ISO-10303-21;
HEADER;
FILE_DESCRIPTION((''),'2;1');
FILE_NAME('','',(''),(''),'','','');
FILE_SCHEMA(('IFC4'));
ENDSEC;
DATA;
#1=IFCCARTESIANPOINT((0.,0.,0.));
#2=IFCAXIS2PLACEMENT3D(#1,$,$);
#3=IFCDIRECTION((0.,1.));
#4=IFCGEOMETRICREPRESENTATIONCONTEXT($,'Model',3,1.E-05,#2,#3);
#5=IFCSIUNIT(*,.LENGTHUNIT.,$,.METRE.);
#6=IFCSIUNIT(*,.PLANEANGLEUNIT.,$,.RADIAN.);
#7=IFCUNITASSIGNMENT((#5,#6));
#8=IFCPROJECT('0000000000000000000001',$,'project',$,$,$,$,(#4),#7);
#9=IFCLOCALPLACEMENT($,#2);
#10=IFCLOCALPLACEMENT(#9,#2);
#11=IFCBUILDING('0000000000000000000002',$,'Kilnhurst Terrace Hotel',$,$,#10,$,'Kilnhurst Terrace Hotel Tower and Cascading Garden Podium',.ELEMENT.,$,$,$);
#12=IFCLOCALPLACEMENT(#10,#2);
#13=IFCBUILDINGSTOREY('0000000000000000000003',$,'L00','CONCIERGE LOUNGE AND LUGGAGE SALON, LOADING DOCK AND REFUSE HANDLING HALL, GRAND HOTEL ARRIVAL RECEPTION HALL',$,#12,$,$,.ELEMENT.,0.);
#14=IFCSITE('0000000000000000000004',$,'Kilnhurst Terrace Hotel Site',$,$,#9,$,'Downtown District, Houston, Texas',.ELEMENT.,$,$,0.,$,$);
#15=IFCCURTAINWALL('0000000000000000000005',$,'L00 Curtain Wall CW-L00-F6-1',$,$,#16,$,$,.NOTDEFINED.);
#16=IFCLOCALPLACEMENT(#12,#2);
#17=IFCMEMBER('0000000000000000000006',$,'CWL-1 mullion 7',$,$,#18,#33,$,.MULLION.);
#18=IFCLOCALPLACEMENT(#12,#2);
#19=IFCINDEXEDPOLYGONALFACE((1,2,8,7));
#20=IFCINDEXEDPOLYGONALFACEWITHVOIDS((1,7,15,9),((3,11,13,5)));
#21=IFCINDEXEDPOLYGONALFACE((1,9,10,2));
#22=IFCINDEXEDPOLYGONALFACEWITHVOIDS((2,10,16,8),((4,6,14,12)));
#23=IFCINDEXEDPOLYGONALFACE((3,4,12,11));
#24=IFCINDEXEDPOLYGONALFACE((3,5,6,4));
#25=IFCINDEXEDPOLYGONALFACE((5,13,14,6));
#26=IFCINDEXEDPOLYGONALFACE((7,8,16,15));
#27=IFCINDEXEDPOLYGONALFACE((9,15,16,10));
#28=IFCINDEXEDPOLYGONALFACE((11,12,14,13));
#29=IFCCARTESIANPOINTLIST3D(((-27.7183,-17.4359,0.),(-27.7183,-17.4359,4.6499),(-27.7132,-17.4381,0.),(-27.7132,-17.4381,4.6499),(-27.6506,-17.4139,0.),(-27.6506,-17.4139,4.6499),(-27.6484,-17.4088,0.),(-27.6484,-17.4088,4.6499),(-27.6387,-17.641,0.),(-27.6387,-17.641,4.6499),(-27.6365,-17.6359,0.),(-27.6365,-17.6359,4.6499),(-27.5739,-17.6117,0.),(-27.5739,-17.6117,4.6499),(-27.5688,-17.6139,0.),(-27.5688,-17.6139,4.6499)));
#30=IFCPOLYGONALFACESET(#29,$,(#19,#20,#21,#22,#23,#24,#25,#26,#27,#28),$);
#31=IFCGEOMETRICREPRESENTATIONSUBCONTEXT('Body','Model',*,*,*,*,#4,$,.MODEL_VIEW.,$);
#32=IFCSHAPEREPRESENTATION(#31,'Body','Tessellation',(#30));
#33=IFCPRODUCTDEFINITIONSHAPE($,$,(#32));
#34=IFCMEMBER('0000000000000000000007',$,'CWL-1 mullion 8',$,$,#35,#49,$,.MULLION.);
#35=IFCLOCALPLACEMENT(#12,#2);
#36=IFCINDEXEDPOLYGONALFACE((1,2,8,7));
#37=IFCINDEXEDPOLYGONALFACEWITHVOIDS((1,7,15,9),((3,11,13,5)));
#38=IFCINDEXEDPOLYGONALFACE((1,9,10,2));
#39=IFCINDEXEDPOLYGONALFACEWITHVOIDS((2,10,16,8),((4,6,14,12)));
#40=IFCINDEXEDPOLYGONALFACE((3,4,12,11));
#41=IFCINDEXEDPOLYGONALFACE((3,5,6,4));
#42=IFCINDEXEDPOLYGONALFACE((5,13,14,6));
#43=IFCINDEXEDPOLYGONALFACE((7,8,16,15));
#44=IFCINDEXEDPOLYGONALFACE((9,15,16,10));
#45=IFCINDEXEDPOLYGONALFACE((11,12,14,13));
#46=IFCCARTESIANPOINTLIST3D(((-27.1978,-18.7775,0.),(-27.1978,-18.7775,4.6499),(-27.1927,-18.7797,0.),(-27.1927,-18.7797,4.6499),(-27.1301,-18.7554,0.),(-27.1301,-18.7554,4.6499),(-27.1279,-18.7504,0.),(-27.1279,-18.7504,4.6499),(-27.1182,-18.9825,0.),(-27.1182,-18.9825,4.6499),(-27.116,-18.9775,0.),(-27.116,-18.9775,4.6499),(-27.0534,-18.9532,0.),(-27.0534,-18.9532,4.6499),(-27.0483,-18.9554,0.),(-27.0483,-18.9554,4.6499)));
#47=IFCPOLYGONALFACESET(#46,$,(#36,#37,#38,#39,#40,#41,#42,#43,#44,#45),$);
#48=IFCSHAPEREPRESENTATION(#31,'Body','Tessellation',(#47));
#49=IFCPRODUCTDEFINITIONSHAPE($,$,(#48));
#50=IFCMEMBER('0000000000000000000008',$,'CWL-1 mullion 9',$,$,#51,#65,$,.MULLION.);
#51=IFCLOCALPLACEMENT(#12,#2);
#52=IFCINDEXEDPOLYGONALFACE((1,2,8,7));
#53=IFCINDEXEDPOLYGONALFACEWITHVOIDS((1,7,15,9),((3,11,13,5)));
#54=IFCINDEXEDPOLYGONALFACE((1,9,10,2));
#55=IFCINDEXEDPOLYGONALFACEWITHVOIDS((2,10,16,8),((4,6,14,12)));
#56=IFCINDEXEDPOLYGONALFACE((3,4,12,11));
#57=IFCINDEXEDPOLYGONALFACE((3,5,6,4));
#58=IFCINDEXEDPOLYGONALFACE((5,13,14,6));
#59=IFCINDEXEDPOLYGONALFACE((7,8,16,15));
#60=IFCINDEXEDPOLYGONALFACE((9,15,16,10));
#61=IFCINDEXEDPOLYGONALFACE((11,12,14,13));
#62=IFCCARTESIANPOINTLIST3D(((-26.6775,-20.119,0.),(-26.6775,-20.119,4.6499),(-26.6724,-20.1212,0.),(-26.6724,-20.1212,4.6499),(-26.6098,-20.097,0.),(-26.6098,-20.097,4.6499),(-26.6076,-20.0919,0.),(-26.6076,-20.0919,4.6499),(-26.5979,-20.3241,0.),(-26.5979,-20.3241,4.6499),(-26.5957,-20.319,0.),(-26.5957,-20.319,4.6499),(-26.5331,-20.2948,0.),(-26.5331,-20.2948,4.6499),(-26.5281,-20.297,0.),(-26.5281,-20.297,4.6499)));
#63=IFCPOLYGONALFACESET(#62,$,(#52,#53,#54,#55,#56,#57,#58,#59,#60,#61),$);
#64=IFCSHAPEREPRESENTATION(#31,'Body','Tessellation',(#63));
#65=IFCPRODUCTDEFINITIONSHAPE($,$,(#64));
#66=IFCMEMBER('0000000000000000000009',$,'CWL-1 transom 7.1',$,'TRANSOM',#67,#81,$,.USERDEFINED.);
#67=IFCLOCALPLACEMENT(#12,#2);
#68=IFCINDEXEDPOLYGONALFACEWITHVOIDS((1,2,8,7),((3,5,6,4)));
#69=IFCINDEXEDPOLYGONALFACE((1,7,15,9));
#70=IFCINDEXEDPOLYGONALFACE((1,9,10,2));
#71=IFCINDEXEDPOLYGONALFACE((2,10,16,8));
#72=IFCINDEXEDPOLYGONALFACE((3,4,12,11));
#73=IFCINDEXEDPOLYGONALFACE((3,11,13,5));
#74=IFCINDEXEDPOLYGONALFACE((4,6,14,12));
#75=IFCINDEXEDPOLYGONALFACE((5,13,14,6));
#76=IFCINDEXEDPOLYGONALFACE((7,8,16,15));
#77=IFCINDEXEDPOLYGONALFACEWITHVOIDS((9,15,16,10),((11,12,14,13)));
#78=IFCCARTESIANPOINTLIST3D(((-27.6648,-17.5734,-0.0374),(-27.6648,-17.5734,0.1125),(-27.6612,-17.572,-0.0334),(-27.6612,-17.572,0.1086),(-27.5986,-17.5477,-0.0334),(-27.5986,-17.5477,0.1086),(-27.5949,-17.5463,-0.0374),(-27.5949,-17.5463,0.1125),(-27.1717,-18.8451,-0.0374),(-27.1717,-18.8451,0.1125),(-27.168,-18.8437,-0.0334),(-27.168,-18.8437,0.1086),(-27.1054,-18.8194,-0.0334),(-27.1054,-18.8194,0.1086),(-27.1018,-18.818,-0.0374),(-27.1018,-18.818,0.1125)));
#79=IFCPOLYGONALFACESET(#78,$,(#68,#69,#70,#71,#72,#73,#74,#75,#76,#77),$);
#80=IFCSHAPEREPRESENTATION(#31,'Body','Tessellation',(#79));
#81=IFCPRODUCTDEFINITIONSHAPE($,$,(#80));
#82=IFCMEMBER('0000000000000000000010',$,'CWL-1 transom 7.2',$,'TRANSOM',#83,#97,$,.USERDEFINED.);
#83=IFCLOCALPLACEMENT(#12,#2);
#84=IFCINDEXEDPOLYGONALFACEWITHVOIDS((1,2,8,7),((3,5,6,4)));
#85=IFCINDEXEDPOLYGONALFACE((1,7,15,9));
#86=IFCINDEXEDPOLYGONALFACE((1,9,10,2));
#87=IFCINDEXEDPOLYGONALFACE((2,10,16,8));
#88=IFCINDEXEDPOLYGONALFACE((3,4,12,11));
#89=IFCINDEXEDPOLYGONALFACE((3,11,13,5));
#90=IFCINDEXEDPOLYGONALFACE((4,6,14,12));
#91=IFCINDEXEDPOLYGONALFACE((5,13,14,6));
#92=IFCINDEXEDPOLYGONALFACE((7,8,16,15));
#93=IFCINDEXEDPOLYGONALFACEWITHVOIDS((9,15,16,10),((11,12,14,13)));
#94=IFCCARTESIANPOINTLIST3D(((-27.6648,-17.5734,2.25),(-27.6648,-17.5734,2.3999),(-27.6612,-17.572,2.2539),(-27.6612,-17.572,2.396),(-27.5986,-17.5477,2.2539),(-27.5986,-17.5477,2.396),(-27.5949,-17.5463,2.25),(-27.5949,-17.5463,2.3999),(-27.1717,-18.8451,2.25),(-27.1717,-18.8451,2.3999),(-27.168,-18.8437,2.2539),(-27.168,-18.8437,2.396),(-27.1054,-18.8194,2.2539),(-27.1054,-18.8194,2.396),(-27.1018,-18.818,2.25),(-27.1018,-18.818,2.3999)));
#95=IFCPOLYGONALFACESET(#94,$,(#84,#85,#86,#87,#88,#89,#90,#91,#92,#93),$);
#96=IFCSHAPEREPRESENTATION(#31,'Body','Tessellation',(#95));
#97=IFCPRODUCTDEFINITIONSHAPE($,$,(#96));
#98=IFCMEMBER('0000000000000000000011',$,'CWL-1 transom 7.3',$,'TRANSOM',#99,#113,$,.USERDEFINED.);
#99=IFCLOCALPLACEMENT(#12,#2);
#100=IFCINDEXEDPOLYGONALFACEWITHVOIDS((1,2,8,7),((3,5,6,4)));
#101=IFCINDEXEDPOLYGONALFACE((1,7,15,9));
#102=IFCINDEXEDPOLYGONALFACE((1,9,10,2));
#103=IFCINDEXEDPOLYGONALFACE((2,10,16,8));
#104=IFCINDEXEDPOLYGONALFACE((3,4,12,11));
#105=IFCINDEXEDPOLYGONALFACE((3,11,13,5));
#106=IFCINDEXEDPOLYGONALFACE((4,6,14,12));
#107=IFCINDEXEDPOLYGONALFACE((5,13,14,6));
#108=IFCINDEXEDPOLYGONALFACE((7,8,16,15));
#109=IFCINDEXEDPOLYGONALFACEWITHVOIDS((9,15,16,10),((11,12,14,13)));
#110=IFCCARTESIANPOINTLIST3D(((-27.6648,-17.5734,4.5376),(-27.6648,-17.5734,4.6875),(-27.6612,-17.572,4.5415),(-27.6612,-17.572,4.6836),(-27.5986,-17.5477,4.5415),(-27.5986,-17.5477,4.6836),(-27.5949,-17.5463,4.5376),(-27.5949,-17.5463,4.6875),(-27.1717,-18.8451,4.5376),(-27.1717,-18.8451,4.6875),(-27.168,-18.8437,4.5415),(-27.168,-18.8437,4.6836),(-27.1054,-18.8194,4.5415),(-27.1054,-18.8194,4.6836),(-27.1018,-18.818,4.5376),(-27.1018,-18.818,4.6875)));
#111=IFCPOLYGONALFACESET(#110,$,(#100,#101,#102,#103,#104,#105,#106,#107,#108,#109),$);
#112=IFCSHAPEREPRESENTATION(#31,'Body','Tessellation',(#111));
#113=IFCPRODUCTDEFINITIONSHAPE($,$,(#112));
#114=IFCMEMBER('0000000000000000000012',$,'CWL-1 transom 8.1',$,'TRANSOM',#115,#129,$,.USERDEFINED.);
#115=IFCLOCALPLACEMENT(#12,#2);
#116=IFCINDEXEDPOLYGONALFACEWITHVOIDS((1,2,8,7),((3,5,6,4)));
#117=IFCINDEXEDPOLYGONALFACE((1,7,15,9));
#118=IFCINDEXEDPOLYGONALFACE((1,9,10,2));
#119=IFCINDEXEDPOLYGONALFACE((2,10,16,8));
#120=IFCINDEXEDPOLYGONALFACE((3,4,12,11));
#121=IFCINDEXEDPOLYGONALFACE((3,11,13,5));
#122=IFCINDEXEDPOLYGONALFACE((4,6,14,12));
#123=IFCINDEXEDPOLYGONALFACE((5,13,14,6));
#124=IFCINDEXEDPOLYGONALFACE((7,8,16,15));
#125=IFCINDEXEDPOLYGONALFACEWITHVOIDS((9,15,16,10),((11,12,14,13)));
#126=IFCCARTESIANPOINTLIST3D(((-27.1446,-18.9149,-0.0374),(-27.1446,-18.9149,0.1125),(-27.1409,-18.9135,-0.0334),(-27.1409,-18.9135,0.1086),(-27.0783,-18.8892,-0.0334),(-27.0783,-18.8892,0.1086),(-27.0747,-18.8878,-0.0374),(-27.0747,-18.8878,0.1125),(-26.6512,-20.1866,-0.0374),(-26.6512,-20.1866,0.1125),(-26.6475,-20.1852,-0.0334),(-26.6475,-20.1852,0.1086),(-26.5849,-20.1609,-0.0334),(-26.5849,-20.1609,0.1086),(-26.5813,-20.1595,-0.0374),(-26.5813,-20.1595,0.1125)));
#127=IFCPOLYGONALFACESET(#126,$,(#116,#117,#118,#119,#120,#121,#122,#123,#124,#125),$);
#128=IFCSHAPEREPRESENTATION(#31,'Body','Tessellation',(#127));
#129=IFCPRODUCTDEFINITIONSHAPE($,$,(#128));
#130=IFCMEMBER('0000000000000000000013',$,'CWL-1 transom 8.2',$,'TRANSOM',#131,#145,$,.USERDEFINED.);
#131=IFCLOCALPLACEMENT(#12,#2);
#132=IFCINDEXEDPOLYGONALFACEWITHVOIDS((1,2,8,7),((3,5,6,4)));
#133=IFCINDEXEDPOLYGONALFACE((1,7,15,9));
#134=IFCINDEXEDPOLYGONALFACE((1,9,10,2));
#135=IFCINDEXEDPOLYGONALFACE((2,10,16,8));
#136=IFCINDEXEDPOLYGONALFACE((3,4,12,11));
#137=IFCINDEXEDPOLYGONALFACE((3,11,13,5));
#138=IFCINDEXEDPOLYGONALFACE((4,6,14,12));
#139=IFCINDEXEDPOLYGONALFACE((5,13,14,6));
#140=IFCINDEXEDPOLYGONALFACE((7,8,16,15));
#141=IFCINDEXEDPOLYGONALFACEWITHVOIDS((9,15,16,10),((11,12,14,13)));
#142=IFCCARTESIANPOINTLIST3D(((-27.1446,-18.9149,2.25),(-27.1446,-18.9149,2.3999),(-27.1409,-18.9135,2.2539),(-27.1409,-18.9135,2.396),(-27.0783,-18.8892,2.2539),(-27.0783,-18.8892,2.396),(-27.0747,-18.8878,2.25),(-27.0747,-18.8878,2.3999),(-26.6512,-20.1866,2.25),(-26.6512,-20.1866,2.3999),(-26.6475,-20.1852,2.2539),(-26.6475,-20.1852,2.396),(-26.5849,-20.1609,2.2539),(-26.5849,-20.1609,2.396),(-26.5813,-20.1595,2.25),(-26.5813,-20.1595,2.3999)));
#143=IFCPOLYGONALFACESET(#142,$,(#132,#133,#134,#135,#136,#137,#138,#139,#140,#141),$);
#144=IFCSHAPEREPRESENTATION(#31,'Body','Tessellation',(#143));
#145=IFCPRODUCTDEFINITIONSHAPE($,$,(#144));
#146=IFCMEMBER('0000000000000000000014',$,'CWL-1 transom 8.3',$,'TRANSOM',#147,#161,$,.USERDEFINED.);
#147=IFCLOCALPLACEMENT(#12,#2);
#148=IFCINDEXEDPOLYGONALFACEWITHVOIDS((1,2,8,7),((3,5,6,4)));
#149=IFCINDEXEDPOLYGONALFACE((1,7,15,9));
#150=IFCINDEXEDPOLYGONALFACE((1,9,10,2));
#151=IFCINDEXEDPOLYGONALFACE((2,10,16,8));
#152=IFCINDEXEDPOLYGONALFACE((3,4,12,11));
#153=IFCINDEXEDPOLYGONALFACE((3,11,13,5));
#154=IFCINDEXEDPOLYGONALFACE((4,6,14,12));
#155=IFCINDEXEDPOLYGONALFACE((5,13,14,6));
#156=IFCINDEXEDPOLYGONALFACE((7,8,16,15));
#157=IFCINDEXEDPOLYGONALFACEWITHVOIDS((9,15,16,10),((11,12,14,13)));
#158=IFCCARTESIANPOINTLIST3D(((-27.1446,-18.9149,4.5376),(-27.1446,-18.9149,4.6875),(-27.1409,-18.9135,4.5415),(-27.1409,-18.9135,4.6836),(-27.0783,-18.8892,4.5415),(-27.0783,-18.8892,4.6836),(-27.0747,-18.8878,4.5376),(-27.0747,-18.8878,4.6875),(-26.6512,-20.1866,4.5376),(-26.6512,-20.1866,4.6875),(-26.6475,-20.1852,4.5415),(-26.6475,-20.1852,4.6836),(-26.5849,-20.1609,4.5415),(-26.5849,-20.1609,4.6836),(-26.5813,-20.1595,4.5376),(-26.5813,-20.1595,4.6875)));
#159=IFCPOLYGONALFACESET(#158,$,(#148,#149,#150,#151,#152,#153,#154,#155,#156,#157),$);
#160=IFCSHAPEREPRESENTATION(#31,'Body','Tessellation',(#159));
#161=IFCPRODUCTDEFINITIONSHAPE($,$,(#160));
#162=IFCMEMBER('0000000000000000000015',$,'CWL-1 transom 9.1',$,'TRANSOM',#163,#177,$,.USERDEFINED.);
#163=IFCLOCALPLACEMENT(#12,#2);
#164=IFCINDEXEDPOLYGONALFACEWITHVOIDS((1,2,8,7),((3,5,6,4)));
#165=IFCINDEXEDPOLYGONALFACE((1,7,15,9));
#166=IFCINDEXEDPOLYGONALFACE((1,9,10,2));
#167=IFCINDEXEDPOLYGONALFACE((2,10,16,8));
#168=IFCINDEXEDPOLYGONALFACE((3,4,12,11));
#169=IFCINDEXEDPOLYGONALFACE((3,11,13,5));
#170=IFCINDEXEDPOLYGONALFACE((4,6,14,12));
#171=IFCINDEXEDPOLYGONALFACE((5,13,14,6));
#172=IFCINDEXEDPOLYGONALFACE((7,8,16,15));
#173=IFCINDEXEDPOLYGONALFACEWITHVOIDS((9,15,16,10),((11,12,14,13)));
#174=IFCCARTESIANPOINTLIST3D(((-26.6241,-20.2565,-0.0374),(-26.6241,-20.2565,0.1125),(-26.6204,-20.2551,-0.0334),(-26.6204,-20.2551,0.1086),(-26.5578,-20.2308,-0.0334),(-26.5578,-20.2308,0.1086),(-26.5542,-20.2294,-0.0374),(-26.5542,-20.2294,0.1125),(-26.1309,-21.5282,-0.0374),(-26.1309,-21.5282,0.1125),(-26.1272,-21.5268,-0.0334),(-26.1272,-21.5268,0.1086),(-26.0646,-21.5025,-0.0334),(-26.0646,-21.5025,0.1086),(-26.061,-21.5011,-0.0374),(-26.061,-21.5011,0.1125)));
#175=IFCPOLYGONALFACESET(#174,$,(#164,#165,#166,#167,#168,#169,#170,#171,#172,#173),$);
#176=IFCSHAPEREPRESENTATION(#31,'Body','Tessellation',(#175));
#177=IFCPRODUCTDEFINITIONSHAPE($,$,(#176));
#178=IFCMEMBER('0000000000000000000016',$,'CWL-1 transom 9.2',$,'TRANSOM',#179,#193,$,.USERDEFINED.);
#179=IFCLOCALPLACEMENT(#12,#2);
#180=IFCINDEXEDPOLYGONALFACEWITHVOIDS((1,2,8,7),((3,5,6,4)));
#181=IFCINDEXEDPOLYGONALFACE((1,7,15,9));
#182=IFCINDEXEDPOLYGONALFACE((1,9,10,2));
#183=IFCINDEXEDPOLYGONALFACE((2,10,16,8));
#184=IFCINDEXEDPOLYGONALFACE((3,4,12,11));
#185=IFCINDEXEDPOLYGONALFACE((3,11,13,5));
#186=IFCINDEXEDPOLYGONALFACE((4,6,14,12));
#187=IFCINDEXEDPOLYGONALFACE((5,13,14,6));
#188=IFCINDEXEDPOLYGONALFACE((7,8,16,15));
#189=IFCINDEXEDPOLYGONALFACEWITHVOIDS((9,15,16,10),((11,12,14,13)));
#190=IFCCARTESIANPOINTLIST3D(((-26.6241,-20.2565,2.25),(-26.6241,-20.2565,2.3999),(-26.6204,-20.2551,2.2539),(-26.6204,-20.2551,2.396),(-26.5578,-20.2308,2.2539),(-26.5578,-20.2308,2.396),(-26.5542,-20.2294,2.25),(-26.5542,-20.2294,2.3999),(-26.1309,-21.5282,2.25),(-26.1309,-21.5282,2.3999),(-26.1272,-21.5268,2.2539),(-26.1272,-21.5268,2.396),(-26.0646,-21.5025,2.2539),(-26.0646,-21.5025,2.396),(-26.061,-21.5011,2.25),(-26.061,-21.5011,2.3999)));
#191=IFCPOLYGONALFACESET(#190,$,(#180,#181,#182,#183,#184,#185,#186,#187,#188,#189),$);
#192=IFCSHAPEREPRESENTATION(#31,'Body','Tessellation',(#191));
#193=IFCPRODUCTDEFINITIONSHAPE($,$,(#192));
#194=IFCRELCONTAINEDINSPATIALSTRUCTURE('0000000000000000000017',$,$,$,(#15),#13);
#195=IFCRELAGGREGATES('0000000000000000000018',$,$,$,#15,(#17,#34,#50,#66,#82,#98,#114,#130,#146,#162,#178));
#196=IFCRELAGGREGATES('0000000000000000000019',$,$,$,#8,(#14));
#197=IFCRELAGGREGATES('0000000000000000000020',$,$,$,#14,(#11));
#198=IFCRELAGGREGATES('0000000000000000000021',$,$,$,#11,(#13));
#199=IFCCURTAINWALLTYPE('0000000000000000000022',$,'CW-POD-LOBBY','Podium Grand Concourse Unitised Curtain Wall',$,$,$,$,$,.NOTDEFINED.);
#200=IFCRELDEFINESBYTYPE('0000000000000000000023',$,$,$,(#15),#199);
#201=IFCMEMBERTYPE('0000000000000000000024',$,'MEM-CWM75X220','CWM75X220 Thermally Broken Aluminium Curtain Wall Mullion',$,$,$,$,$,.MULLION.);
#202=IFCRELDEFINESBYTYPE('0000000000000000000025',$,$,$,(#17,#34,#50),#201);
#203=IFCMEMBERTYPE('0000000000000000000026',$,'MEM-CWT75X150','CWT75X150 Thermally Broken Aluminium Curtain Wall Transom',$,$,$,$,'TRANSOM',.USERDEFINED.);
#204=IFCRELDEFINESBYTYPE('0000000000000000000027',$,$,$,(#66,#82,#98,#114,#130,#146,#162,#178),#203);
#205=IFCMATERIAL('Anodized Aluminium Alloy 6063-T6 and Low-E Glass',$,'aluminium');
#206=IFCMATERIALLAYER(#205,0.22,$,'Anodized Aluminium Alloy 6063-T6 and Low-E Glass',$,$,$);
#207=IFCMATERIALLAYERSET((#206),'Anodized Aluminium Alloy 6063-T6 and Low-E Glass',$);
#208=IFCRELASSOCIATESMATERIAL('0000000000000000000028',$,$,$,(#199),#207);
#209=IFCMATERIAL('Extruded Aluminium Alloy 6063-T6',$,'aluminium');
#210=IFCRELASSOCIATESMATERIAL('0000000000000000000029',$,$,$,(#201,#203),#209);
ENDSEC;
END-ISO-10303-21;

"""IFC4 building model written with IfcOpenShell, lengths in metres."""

from ifc_helpers import new_model, si_unit, direction, frame, origin, origin_2d, place, context, subcontext, project, spatial, hollow_rectangle, extrude, material, layer, layer_set, material_profile, profile_set, type_object, element, aggregate, save


model = new_model("IFC4")

# Units and contexts
model_context = context("Model", 3, precision=1e-05, world=origin(), true_north=direction((0.0, 1.0)))
body_context = subcontext(model_context, "Body", "Model", "MODEL_VIEW")
ifc_project = project(units=[si_unit("LENGTHUNIT", "METRE"), si_unit("PLANEANGLEUNIT", "RADIAN")], contexts=[model_context])

# Site, building, storey
site_placement = place(None, origin())
site = spatial("IfcSite", under=ifc_project, at=site_placement, Name="Kilnhurst Terrace Hotel Site", LongName="Downtown District, Houston, Texas", CompositionType="ELEMENT", RefElevation=0.0)
building_placement = place(site_placement, origin())
building = spatial("IfcBuilding", under=site, at=building_placement, Name="Kilnhurst Terrace Hotel", LongName="Kilnhurst Terrace Hotel Tower and Cascading Garden Podium", CompositionType="ELEMENT")
storey_placement = place(building_placement, origin())
storey = spatial("IfcBuildingStorey", under=building, at=storey_placement, Name="L00", Description="CONCIERGE LOUNGE AND LUGGAGE SALON, LOADING DOCK AND REFUSE HANDLING HALL, GRAND HOTEL ARRIVAL RECEPTION HALL", CompositionType="ELEMENT", Elevation=0.0)

# Curtain wall, members
ifc_material_1 = material(Name="Anodized Aluminium Alloy 6063-T6 and Low-E Glass", Category="aluminium")
ifc_layer_1 = layer(ifc_material_1, 0.22, Name="Anodized Aluminium Alloy 6063-T6 and Low-E Glass")
ifc_layer_set_1 = layer_set([ifc_layer_1], Name="Anodized Aluminium Alloy 6063-T6 and Low-E Glass")
curtain_wall_type = type_object("IfcCurtainWallType", Name="CW-POD-LOBBY", Description="Podium Grand Concourse Unitised Curtain Wall", PredefinedType="NOTDEFINED", material=ifc_layer_set_1)
curtain_wall_placement = place(storey_placement, origin())
curtain_wall = element("IfcCurtainWall", 1, at=curtain_wall_placement, inside=storey, type_object=curtain_wall_type, Name="L00 Curtain Wall CW-L00-F6-1", PredefinedType="NOTDEFINED")
ifc_material_2 = material(Name="Extruded Aluminium Alloy 6063-T6", Category="aluminium")
ifc_material_profile_1 = material_profile(ifc_material_2, hollow_rectangle(XDim=0.075, YDim=0.22, WallThickness=0.0039, at=origin_2d()), Name="CWM75X220")
ifc_profile_set_1 = profile_set([ifc_material_profile_1], Name="Extruded Aluminium Alloy 6063-T6")
member_type_1 = type_object("IfcMemberType", Name="MEM-CWM75X220", Description="CWM75X220 Thermally Broken Aluminium Curtain Wall Mullion", PredefinedType="MULLION", material=ifc_profile_set_1)
member_1_placement = place(storey_placement, frame((-27.6436, -17.5249, 0.0), z_axis=(0.0, 0.0, 1.0), x_axis=(0.932318, 0.361639, 0.0)))
member_1 = element("IfcMember", 2, at=member_1_placement, type_object=member_type_1, Name="CWL-1 mullion 7", PredefinedType="MULLION", context=body_context, shape_type="SweptSolid", body=[
    extrude(hollow_rectangle(XDim=0.075, YDim=0.22, WallThickness=0.0039, at=origin_2d()), origin(), (0.0, 0.0, 1.0), 4.6499),
])
member_2_placement = place(storey_placement, frame((-27.123, -18.8665, 0.0), z_axis=(0.0, 0.0, 1.0), x_axis=(0.932318, 0.361639, 0.0)))
member_2 = element("IfcMember", 3, at=member_2_placement, type_object=member_type_1, Name="CWL-1 mullion 8", PredefinedType="MULLION", context=body_context, shape_type="SweptSolid", body=[
    extrude(hollow_rectangle(XDim=0.075, YDim=0.22, WallThickness=0.0039, at=origin_2d()), origin(), (0.0, 0.0, 1.0), 4.6499),
])
member_3_placement = place(storey_placement, frame((-26.6028, -20.208, 0.0), z_axis=(0.0, 0.0, 1.0), x_axis=(0.932318, 0.361639, 0.0)))
member_3 = element("IfcMember", 4, at=member_3_placement, type_object=member_type_1, Name="CWL-1 mullion 9", PredefinedType="MULLION", context=body_context, shape_type="SweptSolid", body=[
    extrude(hollow_rectangle(XDim=0.075, YDim=0.22, WallThickness=0.0039, at=origin_2d()), origin(), (0.0, 0.0, 1.0), 4.6499),
])
ifc_material_profile_2 = material_profile(ifc_material_2, hollow_rectangle(XDim=0.075, YDim=0.1499, WallThickness=0.0039, at=origin_2d()), Name="CWT75X150")
ifc_profile_set_2 = profile_set([ifc_material_profile_2], Name="Extruded Aluminium Alloy 6063-T6")
member_type_2 = type_object("IfcMemberType", Name="MEM-CWT75X150", Description="CWT75X150 Thermally Broken Aluminium Curtain Wall Transom", ElementType="TRANSOM", PredefinedType="USERDEFINED", material=ifc_profile_set_2)
member_4_placement = place(storey_placement, frame((-27.6299, -17.5598, 0.0376), z_axis=(0.361556, -0.93235, 0.0), x_axis=(0.93235, 0.361556, 0.0)))
member_4 = element("IfcMember", 5, at=member_4_placement, type_object=member_type_2, Name="CWL-1 transom 7.1", ObjectType="TRANSOM", PredefinedType="USERDEFINED", context=body_context, shape_type="SweptSolid", body=[
    extrude(hollow_rectangle(XDim=0.075, YDim=0.1499, WallThickness=0.0039, at=origin_2d()), origin(), (0.0, 0.0, 1.0), 1.364),
])
member_5_placement = place(storey_placement, frame((-27.6299, -17.5598, 2.325), z_axis=(0.361556, -0.93235, 0.0), x_axis=(0.93235, 0.361556, 0.0)))
member_5 = element("IfcMember", 6, at=member_5_placement, type_object=member_type_2, Name="CWL-1 transom 7.2", ObjectType="TRANSOM", PredefinedType="USERDEFINED", context=body_context, shape_type="SweptSolid", body=[
    extrude(hollow_rectangle(XDim=0.075, YDim=0.1499, WallThickness=0.0039, at=origin_2d()), origin(), (0.0, 0.0, 1.0), 1.364),
])
member_6_placement = place(storey_placement, frame((-27.6299, -17.5598, 4.6125), z_axis=(0.361556, -0.93235, 0.0), x_axis=(0.93235, 0.361556, 0.0)))
member_6 = element("IfcMember", 7, at=member_6_placement, type_object=member_type_2, Name="CWL-1 transom 7.3", ObjectType="TRANSOM", PredefinedType="USERDEFINED", context=body_context, shape_type="SweptSolid", body=[
    extrude(hollow_rectangle(XDim=0.075, YDim=0.1499, WallThickness=0.0039, at=origin_2d()), origin(), (0.0, 0.0, 1.0), 1.364),
])
member_7_placement = place(storey_placement, frame((-27.1096, -18.9014, 0.0376), z_axis=(0.361712, -0.93229, 0.0), x_axis=(0.93229, 0.361712, 0.0)))
member_7 = element("IfcMember", 8, at=member_7_placement, type_object=member_type_2, Name="CWL-1 transom 8.1", ObjectType="TRANSOM", PredefinedType="USERDEFINED", context=body_context, shape_type="SweptSolid", body=[
    extrude(hollow_rectangle(XDim=0.075, YDim=0.1499, WallThickness=0.0039, at=origin_2d()), origin(), (0.0, 0.0, 1.0), 1.364),
])
member_8_placement = place(storey_placement, frame((-27.1096, -18.9014, 2.325), z_axis=(0.361712, -0.93229, 0.0), x_axis=(0.93229, 0.361712, 0.0)))
member_8 = element("IfcMember", 9, at=member_8_placement, type_object=member_type_2, Name="CWL-1 transom 8.2", ObjectType="TRANSOM", PredefinedType="USERDEFINED", context=body_context, shape_type="SweptSolid", body=[
    extrude(hollow_rectangle(XDim=0.075, YDim=0.1499, WallThickness=0.0039, at=origin_2d()), origin(), (0.0, 0.0, 1.0), 1.364),
])
member_9_placement = place(storey_placement, frame((-27.1096, -18.9014, 4.6125), z_axis=(0.361712, -0.93229, 0.0), x_axis=(0.93229, 0.361712, 0.0)))
member_9 = element("IfcMember", 10, at=member_9_placement, type_object=member_type_2, Name="CWL-1 transom 8.3", ObjectType="TRANSOM", PredefinedType="USERDEFINED", context=body_context, shape_type="SweptSolid", body=[
    extrude(hollow_rectangle(XDim=0.075, YDim=0.1499, WallThickness=0.0039, at=origin_2d()), origin(), (0.0, 0.0, 1.0), 1.364),
])
member_10_placement = place(storey_placement, frame((-26.5891, -20.2429, 0.0376), z_axis=(0.361556, -0.93235, 0.0), x_axis=(0.93235, 0.361556, 0.0)))
member_10 = element("IfcMember", 11, at=member_10_placement, type_object=member_type_2, Name="CWL-1 transom 9.1", ObjectType="TRANSOM", PredefinedType="USERDEFINED", context=body_context, shape_type="SweptSolid", body=[
    extrude(hollow_rectangle(XDim=0.075, YDim=0.1499, WallThickness=0.0039, at=origin_2d()), origin(), (0.0, 0.0, 1.0), 1.364),
])
member_11_placement = place(storey_placement, frame((-26.5891, -20.2429, 2.325), z_axis=(0.361556, -0.93235, 0.0), x_axis=(0.93235, 0.361556, 0.0)))
member_11 = element("IfcMember", 12, at=member_11_placement, type_object=member_type_2, Name="CWL-1 transom 9.2", ObjectType="TRANSOM", PredefinedType="USERDEFINED", context=body_context, shape_type="SweptSolid", body=[
    extrude(hollow_rectangle(XDim=0.075, YDim=0.1499, WallThickness=0.0039, at=origin_2d()), origin(), (0.0, 0.0, 1.0), 1.364),
])
aggregate(curtain_wall, [member_1, member_2, member_3, member_4, member_5, member_6, member_7, member_8, member_9, member_10, member_11])

save(model, "model.ifc")
